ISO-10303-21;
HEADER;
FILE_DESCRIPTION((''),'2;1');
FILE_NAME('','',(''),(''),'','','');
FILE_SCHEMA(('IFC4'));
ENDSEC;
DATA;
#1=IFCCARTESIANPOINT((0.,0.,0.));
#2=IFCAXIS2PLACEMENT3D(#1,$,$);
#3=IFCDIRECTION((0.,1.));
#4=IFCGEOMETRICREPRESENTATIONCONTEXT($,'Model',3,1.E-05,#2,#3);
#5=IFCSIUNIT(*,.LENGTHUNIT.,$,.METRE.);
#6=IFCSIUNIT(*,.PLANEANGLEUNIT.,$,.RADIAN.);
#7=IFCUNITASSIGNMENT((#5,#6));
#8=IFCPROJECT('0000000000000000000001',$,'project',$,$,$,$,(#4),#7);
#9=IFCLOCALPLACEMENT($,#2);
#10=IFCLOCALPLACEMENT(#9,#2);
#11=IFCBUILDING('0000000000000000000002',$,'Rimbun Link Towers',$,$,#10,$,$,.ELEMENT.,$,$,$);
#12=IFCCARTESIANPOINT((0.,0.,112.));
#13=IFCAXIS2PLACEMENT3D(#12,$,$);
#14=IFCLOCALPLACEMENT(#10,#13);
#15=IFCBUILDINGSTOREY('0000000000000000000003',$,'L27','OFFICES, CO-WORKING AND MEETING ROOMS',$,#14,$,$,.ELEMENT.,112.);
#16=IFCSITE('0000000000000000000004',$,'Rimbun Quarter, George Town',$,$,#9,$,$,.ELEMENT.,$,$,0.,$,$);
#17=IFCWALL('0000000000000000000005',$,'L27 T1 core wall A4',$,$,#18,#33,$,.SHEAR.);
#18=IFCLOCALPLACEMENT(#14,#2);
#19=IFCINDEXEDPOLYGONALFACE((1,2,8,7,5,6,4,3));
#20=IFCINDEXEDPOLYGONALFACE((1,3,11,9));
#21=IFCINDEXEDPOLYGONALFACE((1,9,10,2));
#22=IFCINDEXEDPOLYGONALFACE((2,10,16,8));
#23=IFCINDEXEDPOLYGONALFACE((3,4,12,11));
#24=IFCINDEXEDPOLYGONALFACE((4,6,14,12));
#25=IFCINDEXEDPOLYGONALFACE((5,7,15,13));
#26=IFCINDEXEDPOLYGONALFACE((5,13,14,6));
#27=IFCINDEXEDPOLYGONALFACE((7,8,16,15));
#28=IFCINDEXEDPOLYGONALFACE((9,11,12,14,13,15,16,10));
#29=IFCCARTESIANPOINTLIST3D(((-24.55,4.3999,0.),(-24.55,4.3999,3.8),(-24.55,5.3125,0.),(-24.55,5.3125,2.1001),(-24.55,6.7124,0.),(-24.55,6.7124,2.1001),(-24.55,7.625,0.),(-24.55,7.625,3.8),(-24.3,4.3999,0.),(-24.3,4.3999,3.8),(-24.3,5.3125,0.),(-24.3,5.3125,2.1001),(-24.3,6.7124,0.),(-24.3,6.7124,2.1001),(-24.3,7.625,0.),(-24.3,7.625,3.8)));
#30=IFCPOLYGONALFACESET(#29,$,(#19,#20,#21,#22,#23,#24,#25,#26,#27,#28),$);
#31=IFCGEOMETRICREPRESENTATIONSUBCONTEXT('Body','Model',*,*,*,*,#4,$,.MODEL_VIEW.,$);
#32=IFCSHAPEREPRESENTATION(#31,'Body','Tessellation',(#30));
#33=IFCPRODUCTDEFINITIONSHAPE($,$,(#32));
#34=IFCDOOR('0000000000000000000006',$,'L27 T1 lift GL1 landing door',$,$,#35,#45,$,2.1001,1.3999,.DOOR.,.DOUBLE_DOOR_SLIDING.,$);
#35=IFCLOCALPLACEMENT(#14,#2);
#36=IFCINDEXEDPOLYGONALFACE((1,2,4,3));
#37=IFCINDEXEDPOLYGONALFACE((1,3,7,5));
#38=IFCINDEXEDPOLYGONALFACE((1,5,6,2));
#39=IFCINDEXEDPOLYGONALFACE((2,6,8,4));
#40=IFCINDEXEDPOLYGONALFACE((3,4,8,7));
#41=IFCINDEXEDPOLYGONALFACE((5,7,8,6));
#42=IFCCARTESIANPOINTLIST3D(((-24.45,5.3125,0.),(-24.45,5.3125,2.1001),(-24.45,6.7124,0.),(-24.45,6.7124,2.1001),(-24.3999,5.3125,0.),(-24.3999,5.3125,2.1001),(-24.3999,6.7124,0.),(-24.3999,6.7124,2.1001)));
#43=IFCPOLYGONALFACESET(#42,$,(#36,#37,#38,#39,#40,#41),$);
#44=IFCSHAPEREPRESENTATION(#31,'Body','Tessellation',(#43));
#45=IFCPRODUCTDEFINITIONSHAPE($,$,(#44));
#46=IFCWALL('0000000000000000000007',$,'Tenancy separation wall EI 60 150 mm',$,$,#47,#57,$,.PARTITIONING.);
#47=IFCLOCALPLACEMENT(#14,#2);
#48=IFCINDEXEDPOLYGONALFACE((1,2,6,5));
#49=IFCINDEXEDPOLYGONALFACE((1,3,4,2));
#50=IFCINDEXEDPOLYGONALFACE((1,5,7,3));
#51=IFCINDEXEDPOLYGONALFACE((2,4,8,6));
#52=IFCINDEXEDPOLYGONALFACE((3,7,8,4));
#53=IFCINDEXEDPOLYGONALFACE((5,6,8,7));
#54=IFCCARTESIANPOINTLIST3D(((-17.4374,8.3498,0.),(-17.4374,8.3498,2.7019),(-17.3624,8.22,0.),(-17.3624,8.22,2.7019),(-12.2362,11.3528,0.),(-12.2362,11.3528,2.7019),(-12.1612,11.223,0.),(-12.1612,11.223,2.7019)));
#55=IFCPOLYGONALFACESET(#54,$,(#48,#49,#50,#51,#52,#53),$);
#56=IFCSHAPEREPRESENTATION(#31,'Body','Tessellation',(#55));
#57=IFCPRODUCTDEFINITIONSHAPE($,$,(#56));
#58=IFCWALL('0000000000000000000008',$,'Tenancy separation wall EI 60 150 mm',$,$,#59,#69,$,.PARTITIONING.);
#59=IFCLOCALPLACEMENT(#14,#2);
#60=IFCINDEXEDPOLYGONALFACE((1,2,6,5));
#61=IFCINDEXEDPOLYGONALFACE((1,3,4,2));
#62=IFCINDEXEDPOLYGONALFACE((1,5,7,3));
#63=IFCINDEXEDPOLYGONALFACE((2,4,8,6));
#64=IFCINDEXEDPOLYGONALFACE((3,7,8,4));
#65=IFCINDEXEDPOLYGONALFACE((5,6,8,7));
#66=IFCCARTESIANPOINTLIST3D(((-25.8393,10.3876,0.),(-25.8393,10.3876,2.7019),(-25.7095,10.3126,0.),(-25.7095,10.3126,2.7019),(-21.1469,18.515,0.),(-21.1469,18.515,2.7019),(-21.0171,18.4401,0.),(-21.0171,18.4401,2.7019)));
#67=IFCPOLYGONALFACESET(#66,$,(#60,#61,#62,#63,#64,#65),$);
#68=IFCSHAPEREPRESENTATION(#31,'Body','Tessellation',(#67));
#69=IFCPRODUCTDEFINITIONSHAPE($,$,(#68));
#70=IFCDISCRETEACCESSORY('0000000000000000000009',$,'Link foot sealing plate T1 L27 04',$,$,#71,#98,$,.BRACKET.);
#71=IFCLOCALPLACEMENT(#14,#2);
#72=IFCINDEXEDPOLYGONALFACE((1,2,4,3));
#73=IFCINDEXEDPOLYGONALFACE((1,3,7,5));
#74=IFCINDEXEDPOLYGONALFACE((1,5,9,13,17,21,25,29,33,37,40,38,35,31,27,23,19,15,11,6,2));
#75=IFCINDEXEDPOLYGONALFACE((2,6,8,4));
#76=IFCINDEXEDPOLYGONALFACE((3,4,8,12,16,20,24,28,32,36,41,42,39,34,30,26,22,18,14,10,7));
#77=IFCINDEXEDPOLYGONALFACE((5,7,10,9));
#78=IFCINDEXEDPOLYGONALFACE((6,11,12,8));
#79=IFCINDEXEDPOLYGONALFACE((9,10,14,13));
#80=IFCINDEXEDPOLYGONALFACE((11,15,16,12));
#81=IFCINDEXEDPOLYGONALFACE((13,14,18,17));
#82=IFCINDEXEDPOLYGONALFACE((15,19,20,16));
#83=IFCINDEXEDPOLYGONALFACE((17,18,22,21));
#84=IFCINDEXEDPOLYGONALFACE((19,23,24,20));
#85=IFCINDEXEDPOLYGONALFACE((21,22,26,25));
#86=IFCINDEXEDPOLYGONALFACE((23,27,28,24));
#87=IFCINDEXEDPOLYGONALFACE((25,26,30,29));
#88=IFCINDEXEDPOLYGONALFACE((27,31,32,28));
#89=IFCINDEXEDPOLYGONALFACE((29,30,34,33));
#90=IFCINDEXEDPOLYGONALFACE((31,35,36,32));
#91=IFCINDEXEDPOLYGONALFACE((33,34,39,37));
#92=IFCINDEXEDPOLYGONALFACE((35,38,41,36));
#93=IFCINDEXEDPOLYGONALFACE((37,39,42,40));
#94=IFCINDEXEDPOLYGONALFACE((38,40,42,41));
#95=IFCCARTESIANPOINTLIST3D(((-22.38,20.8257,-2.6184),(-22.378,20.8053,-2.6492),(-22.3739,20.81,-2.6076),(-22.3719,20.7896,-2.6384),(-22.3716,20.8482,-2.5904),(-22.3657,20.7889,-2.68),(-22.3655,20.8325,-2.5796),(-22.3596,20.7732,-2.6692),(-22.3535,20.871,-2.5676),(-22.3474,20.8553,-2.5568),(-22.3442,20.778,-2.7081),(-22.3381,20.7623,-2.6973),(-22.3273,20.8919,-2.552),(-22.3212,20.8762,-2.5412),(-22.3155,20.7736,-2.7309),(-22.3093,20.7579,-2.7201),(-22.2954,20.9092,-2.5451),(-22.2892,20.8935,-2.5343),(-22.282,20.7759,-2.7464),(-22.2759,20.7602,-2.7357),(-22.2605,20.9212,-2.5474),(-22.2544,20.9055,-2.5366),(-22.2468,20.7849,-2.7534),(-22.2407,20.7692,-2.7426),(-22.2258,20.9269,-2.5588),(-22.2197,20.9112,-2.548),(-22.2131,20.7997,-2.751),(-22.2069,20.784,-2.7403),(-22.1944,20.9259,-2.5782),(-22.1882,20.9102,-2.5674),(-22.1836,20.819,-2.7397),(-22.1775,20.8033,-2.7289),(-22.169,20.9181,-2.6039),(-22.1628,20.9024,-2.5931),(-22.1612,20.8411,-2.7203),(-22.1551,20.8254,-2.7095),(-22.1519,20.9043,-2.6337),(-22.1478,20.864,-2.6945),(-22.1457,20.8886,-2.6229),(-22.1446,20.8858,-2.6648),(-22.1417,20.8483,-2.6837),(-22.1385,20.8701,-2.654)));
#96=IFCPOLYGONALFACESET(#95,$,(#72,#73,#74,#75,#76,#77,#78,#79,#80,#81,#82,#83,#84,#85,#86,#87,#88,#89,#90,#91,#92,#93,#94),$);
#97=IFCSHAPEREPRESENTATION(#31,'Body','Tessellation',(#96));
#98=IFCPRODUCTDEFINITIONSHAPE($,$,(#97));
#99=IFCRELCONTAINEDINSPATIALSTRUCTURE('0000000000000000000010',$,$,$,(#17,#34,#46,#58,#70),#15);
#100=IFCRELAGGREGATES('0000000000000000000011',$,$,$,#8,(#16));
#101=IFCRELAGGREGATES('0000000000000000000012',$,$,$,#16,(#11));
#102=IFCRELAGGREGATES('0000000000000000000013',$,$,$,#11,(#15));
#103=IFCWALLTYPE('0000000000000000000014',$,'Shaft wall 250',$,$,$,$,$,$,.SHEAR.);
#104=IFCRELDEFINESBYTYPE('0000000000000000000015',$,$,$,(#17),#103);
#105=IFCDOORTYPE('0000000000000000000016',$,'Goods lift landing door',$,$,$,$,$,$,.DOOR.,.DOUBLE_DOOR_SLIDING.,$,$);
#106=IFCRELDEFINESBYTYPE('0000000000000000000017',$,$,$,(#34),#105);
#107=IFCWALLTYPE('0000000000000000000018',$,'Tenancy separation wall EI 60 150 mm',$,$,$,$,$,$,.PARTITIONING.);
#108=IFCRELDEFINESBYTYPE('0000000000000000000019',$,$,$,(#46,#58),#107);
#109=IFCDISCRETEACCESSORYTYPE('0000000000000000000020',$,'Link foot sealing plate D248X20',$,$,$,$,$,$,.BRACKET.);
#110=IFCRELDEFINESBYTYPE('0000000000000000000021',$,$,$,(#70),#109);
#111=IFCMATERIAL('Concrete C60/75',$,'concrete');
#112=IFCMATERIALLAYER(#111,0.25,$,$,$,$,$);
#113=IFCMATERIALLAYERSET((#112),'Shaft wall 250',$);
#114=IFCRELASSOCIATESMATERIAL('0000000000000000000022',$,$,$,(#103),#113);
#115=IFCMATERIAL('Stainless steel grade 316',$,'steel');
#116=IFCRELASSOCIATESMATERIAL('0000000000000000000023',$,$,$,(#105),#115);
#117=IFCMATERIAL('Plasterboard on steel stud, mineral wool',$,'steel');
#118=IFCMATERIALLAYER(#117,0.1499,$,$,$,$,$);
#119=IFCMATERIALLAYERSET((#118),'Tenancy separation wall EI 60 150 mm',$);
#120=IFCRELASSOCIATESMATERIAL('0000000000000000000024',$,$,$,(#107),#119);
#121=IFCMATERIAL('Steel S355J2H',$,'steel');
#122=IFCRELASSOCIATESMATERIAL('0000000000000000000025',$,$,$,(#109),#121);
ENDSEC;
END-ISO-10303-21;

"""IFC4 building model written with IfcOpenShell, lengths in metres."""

from ifc_helpers import new_model, si_unit, direction, frame, frame_2d, origin, origin_2d, place, context, subcontext, project, spatial, rectangle, circle, extrude, material, layer, layer_set, material_profile, profile_set, type_object, element, fill, save


model = new_model("IFC4")

# Units and contexts
model_context = context("Model", 3, precision=1e-05, world=origin(), true_north=direction((0.0, 1.0)))
body_context = subcontext(model_context, "Body", "Model", "MODEL_VIEW")
ifc_project = project(units=[si_unit("LENGTHUNIT", "METRE"), si_unit("PLANEANGLEUNIT", "RADIAN")], contexts=[model_context])

# Site, building, storey
site_placement = place(None, origin())
site = spatial("IfcSite", under=ifc_project, at=site_placement, Name="Rimbun Quarter, George Town", CompositionType="ELEMENT", RefElevation=0.0)
building_placement = place(site_placement, origin())
building = spatial("IfcBuilding", under=site, at=building_placement, Name="Rimbun Link Towers", CompositionType="ELEMENT")
storey_placement = place(building_placement, frame((0.0, 0.0, 112.0)))
storey = spatial("IfcBuildingStorey", under=building, at=storey_placement, Name="L27", Description="OFFICES, CO-WORKING AND MEETING ROOMS", CompositionType="ELEMENT", Elevation=112.0)

# Shared definitions
ifc_material_1 = material(Name="Concrete C60/75", Category="concrete")
ifc_layer_1 = layer(ifc_material_1, 0.25)
ifc_layer_set_1 = layer_set([ifc_layer_1], Name="Shaft wall 250")
wall_type_1 = type_object("IfcWallType", Name="Shaft wall 250", PredefinedType="SHEAR", material=ifc_layer_set_1)

# Wall, opening, door
wall_1_placement = place(storey_placement, frame((-24.425, 4.3999, 0.0), z_axis=(0.0, 0.0, 1.0), x_axis=(0.0, 1.0, 0.0)))
wall_1 = element("IfcWall", 1, at=wall_1_placement, inside=storey, type_object=wall_type_1, Name="L27 T1 core wall A4", PredefinedType="SHEAR", context=body_context, shape_type="SweptSolid", body=[
    extrude(rectangle(XDim=3.2251, YDim=0.25, at=frame_2d((1.6125, 0.0))), origin(), (0.0, 0.0, 1.0), 3.8),
])
opening_placement = place(wall_1_placement, frame((0.9126, 0.0, 0.0)))
opening = element("IfcOpeningElement", 2, at=opening_placement, cuts=wall_1, PredefinedType="OPENING", context=body_context, shape_type="SweptSolid", body=[
    extrude(rectangle(XDim=1.3999, YDim=2.1001, at=frame_2d((0.7, 1.05))), frame((0.0, 0.135, 0.0), z_axis=(0.0, -1.0, 0.0), x_axis=(1.0, 0.0, 0.0)), (0.0, 0.0, 1.0), 0.27),
])
ifc_material_2 = material(Name="Stainless steel grade 316", Category="steel")
door_type = type_object("IfcDoorType", Name="Goods lift landing door", OperationType="DOUBLE_DOOR_SLIDING", PredefinedType="DOOR", material=ifc_material_2)
door_placement = place(opening_placement, origin())
door = element("IfcDoor", 3, at=door_placement, inside=storey, type_object=door_type, Name="L27 T1 lift GL1 landing door", OperationType="DOUBLE_DOOR_SLIDING", OverallHeight=2.1001, OverallWidth=1.3999, PredefinedType="DOOR", context=body_context, shape_type="SweptSolid", body=[
    extrude(rectangle(XDim=1.3999, YDim=2.1001, at=frame_2d((0.7, 1.05))), frame((0.0, 0.0249, 0.0), z_axis=(0.0, -1.0, 0.0), x_axis=(1.0, 0.0, 0.0)), (0.0, 0.0, 1.0), 0.05),
])
fill(opening, door)

# Walls
ifc_material_3 = material(Name="Plasterboard on steel stud, mineral wool", Category="steel")
ifc_layer_2 = layer(ifc_material_3, 0.1499)
ifc_layer_set_2 = layer_set([ifc_layer_2], Name="Tenancy separation wall EI 60 150 mm")
wall_type_2 = type_object("IfcWallType", Name="Tenancy separation wall EI 60 150 mm", PredefinedType="PARTITIONING", material=ifc_layer_set_2)
wall_2_placement = place(storey_placement, frame((-17.3999, 8.2849, 0.0), z_axis=(0.0, 0.0, 1.0), x_axis=(0.866023, 0.500004, 0.0)))
element("IfcWall", 4, at=wall_2_placement, inside=storey, type_object=wall_type_2, Name="Tenancy separation wall EI 60 150 mm", PredefinedType="PARTITIONING", context=body_context, shape_type="SweptSolid", body=[
    extrude(rectangle(XDim=6.0059, YDim=0.1499, at=frame_2d((3.0029, 0.0))), origin(), (0.0, 0.0, 1.0), 2.7019),
])
wall_3_placement = place(storey_placement, frame((-25.7744, 10.3501, 0.0), z_axis=(0.0, 0.0, 1.0), x_axis=(0.5, 0.866025, 0.0)))
element("IfcWall", 5, at=wall_3_placement, inside=storey, type_object=wall_type_2, Name="Tenancy separation wall EI 60 150 mm", PredefinedType="PARTITIONING", context=body_context, shape_type="SweptSolid", body=[
    extrude(rectangle(XDim=9.3848, YDim=0.1499, at=frame_2d((4.6924, 0.0))), origin(), (0.0, 0.0, 1.0), 2.7019),
])

# Discrete accessory
ifc_material_4 = material(Name="Steel S355J2H", Category="steel")
ifc_material_profile_1 = material_profile(ifc_material_4, circle(Radius=0.124, at=origin_2d()), Name="PL D248")
ifc_profile_set_1 = profile_set([ifc_material_profile_1], Name="Steel S355J2H")
discrete_accessory_type = type_object("IfcDiscreteAccessoryType", Name="Link foot sealing plate D248X20", PredefinedType="BRACKET", material=ifc_profile_set_1)
discrete_accessory_placement = place(storey_placement, frame((-22.2563, 20.8347, -2.6384), z_axis=(-0.306408, 0.784406, -0.539279), x_axis=(-0.931457, -0.363851, 0.0)))
element("IfcDiscreteAccessory", 6, at=discrete_accessory_placement, inside=storey, type_object=discrete_accessory_type, Name="Link foot sealing plate T1 L27 04", PredefinedType="BRACKET", context=body_context, shape_type="SweptSolid", body=[
    extrude(circle(Radius=0.124, at=origin_2d()), origin(), (0.0, 0.0, 1.0), 0.02),
])

save(model, "model.ifc")
